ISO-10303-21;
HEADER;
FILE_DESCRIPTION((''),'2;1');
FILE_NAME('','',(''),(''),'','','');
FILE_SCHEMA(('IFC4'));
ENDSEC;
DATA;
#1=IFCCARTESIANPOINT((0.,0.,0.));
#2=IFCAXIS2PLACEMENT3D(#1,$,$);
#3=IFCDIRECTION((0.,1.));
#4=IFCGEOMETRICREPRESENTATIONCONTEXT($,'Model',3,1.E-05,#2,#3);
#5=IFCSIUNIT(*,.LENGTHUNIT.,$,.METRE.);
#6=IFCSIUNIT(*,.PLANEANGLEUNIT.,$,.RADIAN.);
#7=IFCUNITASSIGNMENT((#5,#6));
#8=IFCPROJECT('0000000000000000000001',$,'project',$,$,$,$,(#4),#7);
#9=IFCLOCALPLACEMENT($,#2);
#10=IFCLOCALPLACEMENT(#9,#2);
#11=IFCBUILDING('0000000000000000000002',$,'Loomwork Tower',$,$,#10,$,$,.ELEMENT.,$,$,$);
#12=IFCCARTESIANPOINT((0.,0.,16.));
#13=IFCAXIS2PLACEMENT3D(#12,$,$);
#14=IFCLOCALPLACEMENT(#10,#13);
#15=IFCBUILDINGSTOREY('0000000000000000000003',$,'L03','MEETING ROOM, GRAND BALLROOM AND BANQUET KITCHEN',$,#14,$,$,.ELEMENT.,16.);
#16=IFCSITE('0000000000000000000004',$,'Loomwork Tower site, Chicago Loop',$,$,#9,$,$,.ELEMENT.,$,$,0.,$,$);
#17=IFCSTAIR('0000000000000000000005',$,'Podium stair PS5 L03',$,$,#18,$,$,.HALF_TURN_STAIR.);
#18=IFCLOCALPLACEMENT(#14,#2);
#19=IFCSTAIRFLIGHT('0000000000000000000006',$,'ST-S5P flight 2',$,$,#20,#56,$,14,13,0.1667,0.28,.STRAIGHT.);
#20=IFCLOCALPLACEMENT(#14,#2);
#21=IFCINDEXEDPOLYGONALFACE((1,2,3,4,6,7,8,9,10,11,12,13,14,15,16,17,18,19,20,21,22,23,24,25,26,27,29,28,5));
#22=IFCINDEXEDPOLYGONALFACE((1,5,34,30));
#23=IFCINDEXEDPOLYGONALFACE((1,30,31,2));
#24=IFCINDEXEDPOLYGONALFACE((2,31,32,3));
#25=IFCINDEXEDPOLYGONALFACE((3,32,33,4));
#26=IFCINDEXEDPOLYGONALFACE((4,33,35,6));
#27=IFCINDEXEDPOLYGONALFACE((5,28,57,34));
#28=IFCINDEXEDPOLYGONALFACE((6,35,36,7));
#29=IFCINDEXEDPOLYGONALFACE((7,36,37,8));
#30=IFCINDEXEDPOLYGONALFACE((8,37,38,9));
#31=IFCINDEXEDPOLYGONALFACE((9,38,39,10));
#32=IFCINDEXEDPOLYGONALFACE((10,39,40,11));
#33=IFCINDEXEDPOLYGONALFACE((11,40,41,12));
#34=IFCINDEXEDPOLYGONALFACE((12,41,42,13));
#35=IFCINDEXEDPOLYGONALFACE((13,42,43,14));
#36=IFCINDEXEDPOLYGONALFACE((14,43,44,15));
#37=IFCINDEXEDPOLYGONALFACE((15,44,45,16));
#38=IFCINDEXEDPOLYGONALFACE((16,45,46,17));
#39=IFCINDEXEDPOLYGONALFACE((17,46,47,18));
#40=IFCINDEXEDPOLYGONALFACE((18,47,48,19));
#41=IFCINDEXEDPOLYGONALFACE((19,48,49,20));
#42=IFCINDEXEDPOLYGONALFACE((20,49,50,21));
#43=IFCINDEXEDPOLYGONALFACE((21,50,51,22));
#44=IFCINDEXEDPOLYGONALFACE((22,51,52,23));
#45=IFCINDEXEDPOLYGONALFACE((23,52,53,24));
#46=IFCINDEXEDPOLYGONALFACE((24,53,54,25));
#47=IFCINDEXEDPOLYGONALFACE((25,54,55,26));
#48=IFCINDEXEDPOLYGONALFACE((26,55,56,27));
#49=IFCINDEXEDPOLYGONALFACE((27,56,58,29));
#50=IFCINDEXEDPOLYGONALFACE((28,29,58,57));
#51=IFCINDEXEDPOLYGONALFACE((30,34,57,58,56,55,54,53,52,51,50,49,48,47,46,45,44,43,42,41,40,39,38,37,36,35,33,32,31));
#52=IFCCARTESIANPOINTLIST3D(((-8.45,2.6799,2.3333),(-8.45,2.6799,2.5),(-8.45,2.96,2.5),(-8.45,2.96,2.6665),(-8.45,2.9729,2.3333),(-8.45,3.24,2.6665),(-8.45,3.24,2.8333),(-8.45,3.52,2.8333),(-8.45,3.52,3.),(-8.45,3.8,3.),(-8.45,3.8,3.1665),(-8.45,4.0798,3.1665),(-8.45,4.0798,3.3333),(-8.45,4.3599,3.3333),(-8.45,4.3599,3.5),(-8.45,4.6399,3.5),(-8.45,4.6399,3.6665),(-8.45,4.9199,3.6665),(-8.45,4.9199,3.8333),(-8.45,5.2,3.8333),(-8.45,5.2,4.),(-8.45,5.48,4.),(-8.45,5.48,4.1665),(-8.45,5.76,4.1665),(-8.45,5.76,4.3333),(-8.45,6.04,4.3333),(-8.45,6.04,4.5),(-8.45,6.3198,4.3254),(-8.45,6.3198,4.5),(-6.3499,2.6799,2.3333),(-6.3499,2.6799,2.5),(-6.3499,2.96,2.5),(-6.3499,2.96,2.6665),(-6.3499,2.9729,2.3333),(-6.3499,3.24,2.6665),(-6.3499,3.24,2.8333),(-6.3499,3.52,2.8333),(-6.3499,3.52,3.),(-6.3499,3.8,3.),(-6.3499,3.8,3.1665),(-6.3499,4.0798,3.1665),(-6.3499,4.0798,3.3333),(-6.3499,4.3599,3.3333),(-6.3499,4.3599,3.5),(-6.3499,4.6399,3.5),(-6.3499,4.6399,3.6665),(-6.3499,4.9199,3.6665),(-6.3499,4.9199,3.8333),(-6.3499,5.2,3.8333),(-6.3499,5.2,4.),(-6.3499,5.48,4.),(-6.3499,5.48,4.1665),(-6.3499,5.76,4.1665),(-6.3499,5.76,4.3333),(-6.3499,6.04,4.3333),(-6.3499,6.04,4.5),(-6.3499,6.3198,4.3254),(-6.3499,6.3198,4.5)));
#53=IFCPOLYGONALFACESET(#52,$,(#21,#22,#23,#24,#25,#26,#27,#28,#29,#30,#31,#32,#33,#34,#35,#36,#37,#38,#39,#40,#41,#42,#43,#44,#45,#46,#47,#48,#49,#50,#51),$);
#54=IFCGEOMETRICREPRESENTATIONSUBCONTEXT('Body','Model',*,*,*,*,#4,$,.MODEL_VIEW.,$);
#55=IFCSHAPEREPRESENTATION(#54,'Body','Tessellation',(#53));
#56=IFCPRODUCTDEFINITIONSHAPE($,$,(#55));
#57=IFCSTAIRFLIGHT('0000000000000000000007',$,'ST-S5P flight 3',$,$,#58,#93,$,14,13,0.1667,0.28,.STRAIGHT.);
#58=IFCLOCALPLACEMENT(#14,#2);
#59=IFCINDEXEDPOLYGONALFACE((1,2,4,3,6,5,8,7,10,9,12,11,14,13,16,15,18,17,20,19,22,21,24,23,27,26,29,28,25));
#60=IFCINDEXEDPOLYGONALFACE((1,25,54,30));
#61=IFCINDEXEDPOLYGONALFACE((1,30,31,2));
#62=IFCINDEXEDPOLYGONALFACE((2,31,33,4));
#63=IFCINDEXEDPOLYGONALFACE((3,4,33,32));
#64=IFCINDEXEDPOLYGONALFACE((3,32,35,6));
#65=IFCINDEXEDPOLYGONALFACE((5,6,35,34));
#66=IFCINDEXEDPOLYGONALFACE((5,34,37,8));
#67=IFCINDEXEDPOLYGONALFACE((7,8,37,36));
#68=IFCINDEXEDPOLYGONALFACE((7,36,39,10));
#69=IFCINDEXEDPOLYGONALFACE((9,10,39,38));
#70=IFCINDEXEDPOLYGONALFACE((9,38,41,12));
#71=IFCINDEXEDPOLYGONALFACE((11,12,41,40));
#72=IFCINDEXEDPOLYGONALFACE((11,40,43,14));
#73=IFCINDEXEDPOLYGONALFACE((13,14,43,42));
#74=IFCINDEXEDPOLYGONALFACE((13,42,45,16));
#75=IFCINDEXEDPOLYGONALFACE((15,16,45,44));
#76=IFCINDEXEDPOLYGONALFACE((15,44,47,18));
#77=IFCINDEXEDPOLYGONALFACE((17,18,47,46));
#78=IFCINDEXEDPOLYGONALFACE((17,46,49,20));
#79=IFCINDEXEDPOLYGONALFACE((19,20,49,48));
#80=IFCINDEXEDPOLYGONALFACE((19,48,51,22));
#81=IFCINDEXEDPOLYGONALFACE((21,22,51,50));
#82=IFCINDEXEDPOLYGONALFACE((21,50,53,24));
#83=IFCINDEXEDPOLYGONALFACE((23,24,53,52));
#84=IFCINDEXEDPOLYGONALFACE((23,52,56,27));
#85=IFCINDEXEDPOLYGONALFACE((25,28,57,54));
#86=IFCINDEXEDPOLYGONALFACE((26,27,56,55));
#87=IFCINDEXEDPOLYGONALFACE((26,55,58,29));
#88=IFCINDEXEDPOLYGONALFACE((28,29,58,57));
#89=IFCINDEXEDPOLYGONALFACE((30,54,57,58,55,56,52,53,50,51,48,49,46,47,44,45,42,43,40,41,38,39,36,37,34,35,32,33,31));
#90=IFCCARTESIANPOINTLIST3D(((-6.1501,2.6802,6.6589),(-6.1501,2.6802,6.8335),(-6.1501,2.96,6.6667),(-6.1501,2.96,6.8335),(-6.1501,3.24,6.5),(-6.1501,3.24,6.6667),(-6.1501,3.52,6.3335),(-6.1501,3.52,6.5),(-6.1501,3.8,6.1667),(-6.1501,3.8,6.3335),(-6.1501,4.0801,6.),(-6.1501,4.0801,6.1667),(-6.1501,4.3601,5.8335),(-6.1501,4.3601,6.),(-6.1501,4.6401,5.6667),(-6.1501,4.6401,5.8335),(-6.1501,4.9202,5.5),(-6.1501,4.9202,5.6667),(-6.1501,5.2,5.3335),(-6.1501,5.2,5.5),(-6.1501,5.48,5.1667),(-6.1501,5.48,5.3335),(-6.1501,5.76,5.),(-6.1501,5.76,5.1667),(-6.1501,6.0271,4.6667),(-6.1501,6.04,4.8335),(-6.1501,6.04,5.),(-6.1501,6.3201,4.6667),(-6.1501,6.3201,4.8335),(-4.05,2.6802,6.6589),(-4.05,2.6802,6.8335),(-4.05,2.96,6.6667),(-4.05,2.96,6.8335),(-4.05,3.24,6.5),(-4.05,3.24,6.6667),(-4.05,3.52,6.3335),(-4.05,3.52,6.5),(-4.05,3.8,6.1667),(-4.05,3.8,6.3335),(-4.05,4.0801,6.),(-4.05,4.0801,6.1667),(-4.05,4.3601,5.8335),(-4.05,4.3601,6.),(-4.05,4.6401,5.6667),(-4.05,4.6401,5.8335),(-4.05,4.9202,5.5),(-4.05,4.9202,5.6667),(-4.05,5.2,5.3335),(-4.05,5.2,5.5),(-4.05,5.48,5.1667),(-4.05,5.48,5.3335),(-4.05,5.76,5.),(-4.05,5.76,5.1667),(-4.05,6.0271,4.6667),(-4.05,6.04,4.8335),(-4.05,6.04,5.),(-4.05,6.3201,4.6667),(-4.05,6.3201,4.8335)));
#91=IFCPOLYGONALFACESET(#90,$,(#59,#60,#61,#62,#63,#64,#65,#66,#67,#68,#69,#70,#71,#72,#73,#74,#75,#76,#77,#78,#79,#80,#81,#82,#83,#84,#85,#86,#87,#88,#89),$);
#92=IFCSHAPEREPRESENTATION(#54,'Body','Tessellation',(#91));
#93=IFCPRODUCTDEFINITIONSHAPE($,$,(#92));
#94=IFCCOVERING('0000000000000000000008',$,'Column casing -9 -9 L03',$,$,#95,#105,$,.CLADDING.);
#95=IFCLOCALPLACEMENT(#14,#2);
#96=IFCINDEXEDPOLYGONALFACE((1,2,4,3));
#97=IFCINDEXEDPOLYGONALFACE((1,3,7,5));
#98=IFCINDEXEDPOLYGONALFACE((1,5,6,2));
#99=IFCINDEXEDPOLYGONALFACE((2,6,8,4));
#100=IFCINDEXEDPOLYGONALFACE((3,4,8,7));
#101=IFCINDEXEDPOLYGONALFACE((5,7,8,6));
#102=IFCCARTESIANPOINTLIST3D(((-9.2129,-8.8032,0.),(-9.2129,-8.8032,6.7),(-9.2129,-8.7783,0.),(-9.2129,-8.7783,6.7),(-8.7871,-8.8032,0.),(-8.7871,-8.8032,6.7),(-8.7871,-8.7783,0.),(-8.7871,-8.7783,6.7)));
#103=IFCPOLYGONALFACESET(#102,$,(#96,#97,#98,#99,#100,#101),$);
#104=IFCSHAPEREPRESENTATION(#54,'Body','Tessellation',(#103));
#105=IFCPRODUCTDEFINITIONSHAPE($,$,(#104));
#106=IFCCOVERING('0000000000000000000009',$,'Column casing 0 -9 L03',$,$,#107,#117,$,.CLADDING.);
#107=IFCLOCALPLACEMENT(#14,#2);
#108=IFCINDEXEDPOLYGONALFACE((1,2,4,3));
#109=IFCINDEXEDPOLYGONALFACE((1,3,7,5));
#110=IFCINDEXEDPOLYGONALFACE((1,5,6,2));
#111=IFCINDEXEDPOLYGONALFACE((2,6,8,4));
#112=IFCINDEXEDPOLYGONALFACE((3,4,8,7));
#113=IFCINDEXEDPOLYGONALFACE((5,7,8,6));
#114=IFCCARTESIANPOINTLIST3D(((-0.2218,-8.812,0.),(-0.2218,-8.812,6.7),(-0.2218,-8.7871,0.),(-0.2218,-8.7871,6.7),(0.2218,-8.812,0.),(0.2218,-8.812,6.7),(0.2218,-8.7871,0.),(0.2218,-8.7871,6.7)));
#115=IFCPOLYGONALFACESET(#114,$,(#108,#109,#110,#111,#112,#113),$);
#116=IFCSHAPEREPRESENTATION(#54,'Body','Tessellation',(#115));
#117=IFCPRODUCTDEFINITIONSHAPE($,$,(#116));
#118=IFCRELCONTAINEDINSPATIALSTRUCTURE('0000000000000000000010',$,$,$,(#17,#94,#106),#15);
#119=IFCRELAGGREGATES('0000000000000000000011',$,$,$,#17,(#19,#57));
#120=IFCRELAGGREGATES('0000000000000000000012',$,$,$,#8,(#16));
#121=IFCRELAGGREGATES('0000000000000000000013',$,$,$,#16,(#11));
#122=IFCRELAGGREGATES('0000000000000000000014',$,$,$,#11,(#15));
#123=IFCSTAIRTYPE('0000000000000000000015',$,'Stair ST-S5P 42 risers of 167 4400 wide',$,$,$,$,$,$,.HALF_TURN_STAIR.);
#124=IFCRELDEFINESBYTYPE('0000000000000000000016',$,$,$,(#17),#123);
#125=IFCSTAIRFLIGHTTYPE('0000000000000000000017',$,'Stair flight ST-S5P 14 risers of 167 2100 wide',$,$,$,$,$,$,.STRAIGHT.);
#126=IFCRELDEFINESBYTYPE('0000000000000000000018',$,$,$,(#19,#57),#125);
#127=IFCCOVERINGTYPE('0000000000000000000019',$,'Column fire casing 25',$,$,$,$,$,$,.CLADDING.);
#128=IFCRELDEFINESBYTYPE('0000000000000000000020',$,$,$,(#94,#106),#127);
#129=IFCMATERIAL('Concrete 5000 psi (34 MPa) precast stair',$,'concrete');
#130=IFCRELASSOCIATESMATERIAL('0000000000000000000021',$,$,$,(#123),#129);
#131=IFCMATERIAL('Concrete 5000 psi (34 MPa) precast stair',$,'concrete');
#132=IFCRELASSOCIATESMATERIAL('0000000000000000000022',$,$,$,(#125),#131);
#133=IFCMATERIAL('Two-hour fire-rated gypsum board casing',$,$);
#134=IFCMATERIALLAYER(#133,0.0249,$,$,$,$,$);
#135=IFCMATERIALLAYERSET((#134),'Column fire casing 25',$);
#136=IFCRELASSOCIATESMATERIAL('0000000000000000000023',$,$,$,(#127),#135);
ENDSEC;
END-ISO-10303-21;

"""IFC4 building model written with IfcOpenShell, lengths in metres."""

from ifc_helpers import new_model, si_unit, direction, frame, origin, origin_2d, place, context, subcontext, project, spatial, polyline, rectangle, outline, extrude, material, layer, layer_set, type_object, element, aggregate, save


model = new_model("IFC4")

# Units and contexts
model_context = context("Model", 3, precision=1e-05, world=origin(), true_north=direction((0.0, 1.0)))
body_context = subcontext(model_context, "Body", "Model", "MODEL_VIEW")
ifc_project = project(units=[si_unit("LENGTHUNIT", "METRE"), si_unit("PLANEANGLEUNIT", "RADIAN")], contexts=[model_context])

# Site, building, storey
site_placement = place(None, origin())
site = spatial("IfcSite", under=ifc_project, at=site_placement, Name="Loomwork Tower site, Chicago Loop", CompositionType="ELEMENT", RefElevation=0.0)
building_placement = place(site_placement, origin())
building = spatial("IfcBuilding", under=site, at=building_placement, Name="Loomwork Tower", CompositionType="ELEMENT")
storey_placement = place(building_placement, frame((0.0, 0.0, 16.0)))
storey = spatial("IfcBuildingStorey", under=building, at=storey_placement, Name="L03", Description="MEETING ROOM, GRAND BALLROOM AND BANQUET KITCHEN", CompositionType="ELEMENT", Elevation=16.0)

# Stair, stair flights
ifc_material_1 = material(Name="Concrete 5000 psi (34 MPa) precast stair", Category="concrete")
stair_type_1 = type_object("IfcStairType", Name="Stair ST-S5P 42 risers of 167 4400 wide", PredefinedType="HALF_TURN_STAIR", material=ifc_material_1)
stair_1_placement = place(storey_placement, origin())
stair_1 = element("IfcStair", 1, at=stair_1_placement, inside=storey, type_object=stair_type_1, Name="Podium stair PS5 L03", PredefinedType="HALF_TURN_STAIR")
ifc_material_2 = material(Name="Concrete 5000 psi (34 MPa) precast stair", Category="concrete")
stair_flight_type = type_object("IfcStairFlightType", Name="Stair flight ST-S5P 14 risers of 167 2100 wide", PredefinedType="STRAIGHT", material=ifc_material_2)
stair_flight_1_placement = place(storey_placement, frame((-7.3999, 2.6799, 2.3333), z_axis=(0.0, 0.0, 1.0), x_axis=(0.0, 1.0, 0.0)))
stair_flight_1 = element("IfcStairFlight", 2, at=stair_flight_1_placement, type_object=stair_flight_type, Name="ST-S5P flight 2", NumberOfRisers=14, NumberOfTreads=13, PredefinedType="STRAIGHT", RiserHeight=0.1667, TreadLength=0.28, context=body_context, shape_type="SweptSolid", body=[
    extrude(outline(polyline([(0.0, 0.0), (0.0, 0.1667), (0.28, 0.1667), (0.28, 0.3333), (0.5601, 0.3333), (0.5601, 0.5), (0.8401, 0.5), (0.8401, 0.6667), (1.1201, 0.6667), (1.1201, 0.8333), (1.3999, 0.8333), (1.3999, 1.0), (1.6799, 1.0), (1.6799, 1.1667), (1.96, 1.1667), (1.96, 1.3333), (2.24, 1.3333), (2.24, 1.5), (2.52, 1.5), (2.52, 1.6667), (2.8, 1.6667), (2.8, 1.8333), (3.0801, 1.8333), (3.0801, 2.0), (3.3601, 2.0), (3.3601, 2.1667), (3.6399, 2.1667), (3.6399, 2.3333), (3.6399, 1.9922), (0.293, 0.0), (0.0, 0.0)])), frame((0.0, 1.05, 0.0), z_axis=(0.0, -1.0, 0.0), x_axis=(1.0, 0.0, 0.0)), (0.0, 0.0, 1.0), 2.1001),
])
stair_flight_2_placement = place(storey_placement, frame((-5.1001, 6.3201, 4.6667), z_axis=(0.0, 0.0, 1.0), x_axis=(0.0, -1.0, 0.0)))
stair_flight_2 = element("IfcStairFlight", 3, at=stair_flight_2_placement, type_object=stair_flight_type, Name="ST-S5P flight 3", NumberOfRisers=14, NumberOfTreads=13, PredefinedType="STRAIGHT", RiserHeight=0.1667, TreadLength=0.28, context=body_context, shape_type="SweptSolid", body=[
    extrude(outline(polyline([(0.0, 0.0), (0.0, 0.1667), (0.28, 0.1667), (0.28, 0.3333), (0.5601, 0.3333), (0.5601, 0.5), (0.8401, 0.5), (0.8401, 0.6667), (1.1201, 0.6667), (1.1201, 0.8333), (1.3999, 0.8333), (1.3999, 1.0), (1.6799, 1.0), (1.6799, 1.1667), (1.96, 1.1667), (1.96, 1.3333), (2.24, 1.3333), (2.24, 1.5), (2.52, 1.5), (2.52, 1.6667), (2.8, 1.6667), (2.8, 1.8333), (3.0801, 1.8333), (3.0801, 2.0), (3.3601, 2.0), (3.3601, 2.1667), (3.6399, 2.1667), (3.6399, 2.3333), (3.6399, 1.9922), (0.293, 0.0), (0.0, 0.0)])), frame((0.0, 1.05, 0.0), z_axis=(0.0, -1.0, 0.0), x_axis=(1.0, 0.0, 0.0)), (0.0, 0.0, 1.0), 2.1001),
])
aggregate(stair_1, [stair_flight_1, stair_flight_2])

# Coverings
ifc_material_3 = material(Name="Two-hour fire-rated gypsum board casing")
ifc_layer_1 = layer(ifc_material_3, 0.0249)
ifc_layer_set_1 = layer_set([ifc_layer_1], Name="Column fire casing 25")
covering_type_1 = type_object("IfcCoveringType", Name="Column fire casing 25", PredefinedType="CLADDING", material=ifc_layer_set_1)
covering_1_placement = place(storey_placement, frame((-9.0, -8.7908, 0.0), z_axis=(0.0, 0.0, 1.0), x_axis=(1.0, 0.0, 0.0)))
element("IfcCovering", 4, at=covering_1_placement, inside=storey, type_object=covering_type_1, Name="Column casing -9 -9 L03", PredefinedType="CLADDING", context=body_context, shape_type="SweptSolid", body=[
    extrude(rectangle(XDim=0.4258, YDim=0.0249, at=origin_2d()), origin(), (0.0, 0.0, 1.0), 6.7),
])
covering_2_placement = place(storey_placement, frame((0.0, -8.7996, 0.0), z_axis=(0.0, 0.0, 1.0), x_axis=(1.0, 0.0, 0.0)))
element("IfcCovering", 5, at=covering_2_placement, inside=storey, type_object=covering_type_1, Name="Column casing 0 -9 L03", PredefinedType="CLADDING", context=body_context, shape_type="SweptSolid", body=[
    extrude(rectangle(XDim=0.4436, YDim=0.0249, at=origin_2d()), origin(), (0.0, 0.0, 1.0), 6.7),
])

save(model, "model.ifc")
